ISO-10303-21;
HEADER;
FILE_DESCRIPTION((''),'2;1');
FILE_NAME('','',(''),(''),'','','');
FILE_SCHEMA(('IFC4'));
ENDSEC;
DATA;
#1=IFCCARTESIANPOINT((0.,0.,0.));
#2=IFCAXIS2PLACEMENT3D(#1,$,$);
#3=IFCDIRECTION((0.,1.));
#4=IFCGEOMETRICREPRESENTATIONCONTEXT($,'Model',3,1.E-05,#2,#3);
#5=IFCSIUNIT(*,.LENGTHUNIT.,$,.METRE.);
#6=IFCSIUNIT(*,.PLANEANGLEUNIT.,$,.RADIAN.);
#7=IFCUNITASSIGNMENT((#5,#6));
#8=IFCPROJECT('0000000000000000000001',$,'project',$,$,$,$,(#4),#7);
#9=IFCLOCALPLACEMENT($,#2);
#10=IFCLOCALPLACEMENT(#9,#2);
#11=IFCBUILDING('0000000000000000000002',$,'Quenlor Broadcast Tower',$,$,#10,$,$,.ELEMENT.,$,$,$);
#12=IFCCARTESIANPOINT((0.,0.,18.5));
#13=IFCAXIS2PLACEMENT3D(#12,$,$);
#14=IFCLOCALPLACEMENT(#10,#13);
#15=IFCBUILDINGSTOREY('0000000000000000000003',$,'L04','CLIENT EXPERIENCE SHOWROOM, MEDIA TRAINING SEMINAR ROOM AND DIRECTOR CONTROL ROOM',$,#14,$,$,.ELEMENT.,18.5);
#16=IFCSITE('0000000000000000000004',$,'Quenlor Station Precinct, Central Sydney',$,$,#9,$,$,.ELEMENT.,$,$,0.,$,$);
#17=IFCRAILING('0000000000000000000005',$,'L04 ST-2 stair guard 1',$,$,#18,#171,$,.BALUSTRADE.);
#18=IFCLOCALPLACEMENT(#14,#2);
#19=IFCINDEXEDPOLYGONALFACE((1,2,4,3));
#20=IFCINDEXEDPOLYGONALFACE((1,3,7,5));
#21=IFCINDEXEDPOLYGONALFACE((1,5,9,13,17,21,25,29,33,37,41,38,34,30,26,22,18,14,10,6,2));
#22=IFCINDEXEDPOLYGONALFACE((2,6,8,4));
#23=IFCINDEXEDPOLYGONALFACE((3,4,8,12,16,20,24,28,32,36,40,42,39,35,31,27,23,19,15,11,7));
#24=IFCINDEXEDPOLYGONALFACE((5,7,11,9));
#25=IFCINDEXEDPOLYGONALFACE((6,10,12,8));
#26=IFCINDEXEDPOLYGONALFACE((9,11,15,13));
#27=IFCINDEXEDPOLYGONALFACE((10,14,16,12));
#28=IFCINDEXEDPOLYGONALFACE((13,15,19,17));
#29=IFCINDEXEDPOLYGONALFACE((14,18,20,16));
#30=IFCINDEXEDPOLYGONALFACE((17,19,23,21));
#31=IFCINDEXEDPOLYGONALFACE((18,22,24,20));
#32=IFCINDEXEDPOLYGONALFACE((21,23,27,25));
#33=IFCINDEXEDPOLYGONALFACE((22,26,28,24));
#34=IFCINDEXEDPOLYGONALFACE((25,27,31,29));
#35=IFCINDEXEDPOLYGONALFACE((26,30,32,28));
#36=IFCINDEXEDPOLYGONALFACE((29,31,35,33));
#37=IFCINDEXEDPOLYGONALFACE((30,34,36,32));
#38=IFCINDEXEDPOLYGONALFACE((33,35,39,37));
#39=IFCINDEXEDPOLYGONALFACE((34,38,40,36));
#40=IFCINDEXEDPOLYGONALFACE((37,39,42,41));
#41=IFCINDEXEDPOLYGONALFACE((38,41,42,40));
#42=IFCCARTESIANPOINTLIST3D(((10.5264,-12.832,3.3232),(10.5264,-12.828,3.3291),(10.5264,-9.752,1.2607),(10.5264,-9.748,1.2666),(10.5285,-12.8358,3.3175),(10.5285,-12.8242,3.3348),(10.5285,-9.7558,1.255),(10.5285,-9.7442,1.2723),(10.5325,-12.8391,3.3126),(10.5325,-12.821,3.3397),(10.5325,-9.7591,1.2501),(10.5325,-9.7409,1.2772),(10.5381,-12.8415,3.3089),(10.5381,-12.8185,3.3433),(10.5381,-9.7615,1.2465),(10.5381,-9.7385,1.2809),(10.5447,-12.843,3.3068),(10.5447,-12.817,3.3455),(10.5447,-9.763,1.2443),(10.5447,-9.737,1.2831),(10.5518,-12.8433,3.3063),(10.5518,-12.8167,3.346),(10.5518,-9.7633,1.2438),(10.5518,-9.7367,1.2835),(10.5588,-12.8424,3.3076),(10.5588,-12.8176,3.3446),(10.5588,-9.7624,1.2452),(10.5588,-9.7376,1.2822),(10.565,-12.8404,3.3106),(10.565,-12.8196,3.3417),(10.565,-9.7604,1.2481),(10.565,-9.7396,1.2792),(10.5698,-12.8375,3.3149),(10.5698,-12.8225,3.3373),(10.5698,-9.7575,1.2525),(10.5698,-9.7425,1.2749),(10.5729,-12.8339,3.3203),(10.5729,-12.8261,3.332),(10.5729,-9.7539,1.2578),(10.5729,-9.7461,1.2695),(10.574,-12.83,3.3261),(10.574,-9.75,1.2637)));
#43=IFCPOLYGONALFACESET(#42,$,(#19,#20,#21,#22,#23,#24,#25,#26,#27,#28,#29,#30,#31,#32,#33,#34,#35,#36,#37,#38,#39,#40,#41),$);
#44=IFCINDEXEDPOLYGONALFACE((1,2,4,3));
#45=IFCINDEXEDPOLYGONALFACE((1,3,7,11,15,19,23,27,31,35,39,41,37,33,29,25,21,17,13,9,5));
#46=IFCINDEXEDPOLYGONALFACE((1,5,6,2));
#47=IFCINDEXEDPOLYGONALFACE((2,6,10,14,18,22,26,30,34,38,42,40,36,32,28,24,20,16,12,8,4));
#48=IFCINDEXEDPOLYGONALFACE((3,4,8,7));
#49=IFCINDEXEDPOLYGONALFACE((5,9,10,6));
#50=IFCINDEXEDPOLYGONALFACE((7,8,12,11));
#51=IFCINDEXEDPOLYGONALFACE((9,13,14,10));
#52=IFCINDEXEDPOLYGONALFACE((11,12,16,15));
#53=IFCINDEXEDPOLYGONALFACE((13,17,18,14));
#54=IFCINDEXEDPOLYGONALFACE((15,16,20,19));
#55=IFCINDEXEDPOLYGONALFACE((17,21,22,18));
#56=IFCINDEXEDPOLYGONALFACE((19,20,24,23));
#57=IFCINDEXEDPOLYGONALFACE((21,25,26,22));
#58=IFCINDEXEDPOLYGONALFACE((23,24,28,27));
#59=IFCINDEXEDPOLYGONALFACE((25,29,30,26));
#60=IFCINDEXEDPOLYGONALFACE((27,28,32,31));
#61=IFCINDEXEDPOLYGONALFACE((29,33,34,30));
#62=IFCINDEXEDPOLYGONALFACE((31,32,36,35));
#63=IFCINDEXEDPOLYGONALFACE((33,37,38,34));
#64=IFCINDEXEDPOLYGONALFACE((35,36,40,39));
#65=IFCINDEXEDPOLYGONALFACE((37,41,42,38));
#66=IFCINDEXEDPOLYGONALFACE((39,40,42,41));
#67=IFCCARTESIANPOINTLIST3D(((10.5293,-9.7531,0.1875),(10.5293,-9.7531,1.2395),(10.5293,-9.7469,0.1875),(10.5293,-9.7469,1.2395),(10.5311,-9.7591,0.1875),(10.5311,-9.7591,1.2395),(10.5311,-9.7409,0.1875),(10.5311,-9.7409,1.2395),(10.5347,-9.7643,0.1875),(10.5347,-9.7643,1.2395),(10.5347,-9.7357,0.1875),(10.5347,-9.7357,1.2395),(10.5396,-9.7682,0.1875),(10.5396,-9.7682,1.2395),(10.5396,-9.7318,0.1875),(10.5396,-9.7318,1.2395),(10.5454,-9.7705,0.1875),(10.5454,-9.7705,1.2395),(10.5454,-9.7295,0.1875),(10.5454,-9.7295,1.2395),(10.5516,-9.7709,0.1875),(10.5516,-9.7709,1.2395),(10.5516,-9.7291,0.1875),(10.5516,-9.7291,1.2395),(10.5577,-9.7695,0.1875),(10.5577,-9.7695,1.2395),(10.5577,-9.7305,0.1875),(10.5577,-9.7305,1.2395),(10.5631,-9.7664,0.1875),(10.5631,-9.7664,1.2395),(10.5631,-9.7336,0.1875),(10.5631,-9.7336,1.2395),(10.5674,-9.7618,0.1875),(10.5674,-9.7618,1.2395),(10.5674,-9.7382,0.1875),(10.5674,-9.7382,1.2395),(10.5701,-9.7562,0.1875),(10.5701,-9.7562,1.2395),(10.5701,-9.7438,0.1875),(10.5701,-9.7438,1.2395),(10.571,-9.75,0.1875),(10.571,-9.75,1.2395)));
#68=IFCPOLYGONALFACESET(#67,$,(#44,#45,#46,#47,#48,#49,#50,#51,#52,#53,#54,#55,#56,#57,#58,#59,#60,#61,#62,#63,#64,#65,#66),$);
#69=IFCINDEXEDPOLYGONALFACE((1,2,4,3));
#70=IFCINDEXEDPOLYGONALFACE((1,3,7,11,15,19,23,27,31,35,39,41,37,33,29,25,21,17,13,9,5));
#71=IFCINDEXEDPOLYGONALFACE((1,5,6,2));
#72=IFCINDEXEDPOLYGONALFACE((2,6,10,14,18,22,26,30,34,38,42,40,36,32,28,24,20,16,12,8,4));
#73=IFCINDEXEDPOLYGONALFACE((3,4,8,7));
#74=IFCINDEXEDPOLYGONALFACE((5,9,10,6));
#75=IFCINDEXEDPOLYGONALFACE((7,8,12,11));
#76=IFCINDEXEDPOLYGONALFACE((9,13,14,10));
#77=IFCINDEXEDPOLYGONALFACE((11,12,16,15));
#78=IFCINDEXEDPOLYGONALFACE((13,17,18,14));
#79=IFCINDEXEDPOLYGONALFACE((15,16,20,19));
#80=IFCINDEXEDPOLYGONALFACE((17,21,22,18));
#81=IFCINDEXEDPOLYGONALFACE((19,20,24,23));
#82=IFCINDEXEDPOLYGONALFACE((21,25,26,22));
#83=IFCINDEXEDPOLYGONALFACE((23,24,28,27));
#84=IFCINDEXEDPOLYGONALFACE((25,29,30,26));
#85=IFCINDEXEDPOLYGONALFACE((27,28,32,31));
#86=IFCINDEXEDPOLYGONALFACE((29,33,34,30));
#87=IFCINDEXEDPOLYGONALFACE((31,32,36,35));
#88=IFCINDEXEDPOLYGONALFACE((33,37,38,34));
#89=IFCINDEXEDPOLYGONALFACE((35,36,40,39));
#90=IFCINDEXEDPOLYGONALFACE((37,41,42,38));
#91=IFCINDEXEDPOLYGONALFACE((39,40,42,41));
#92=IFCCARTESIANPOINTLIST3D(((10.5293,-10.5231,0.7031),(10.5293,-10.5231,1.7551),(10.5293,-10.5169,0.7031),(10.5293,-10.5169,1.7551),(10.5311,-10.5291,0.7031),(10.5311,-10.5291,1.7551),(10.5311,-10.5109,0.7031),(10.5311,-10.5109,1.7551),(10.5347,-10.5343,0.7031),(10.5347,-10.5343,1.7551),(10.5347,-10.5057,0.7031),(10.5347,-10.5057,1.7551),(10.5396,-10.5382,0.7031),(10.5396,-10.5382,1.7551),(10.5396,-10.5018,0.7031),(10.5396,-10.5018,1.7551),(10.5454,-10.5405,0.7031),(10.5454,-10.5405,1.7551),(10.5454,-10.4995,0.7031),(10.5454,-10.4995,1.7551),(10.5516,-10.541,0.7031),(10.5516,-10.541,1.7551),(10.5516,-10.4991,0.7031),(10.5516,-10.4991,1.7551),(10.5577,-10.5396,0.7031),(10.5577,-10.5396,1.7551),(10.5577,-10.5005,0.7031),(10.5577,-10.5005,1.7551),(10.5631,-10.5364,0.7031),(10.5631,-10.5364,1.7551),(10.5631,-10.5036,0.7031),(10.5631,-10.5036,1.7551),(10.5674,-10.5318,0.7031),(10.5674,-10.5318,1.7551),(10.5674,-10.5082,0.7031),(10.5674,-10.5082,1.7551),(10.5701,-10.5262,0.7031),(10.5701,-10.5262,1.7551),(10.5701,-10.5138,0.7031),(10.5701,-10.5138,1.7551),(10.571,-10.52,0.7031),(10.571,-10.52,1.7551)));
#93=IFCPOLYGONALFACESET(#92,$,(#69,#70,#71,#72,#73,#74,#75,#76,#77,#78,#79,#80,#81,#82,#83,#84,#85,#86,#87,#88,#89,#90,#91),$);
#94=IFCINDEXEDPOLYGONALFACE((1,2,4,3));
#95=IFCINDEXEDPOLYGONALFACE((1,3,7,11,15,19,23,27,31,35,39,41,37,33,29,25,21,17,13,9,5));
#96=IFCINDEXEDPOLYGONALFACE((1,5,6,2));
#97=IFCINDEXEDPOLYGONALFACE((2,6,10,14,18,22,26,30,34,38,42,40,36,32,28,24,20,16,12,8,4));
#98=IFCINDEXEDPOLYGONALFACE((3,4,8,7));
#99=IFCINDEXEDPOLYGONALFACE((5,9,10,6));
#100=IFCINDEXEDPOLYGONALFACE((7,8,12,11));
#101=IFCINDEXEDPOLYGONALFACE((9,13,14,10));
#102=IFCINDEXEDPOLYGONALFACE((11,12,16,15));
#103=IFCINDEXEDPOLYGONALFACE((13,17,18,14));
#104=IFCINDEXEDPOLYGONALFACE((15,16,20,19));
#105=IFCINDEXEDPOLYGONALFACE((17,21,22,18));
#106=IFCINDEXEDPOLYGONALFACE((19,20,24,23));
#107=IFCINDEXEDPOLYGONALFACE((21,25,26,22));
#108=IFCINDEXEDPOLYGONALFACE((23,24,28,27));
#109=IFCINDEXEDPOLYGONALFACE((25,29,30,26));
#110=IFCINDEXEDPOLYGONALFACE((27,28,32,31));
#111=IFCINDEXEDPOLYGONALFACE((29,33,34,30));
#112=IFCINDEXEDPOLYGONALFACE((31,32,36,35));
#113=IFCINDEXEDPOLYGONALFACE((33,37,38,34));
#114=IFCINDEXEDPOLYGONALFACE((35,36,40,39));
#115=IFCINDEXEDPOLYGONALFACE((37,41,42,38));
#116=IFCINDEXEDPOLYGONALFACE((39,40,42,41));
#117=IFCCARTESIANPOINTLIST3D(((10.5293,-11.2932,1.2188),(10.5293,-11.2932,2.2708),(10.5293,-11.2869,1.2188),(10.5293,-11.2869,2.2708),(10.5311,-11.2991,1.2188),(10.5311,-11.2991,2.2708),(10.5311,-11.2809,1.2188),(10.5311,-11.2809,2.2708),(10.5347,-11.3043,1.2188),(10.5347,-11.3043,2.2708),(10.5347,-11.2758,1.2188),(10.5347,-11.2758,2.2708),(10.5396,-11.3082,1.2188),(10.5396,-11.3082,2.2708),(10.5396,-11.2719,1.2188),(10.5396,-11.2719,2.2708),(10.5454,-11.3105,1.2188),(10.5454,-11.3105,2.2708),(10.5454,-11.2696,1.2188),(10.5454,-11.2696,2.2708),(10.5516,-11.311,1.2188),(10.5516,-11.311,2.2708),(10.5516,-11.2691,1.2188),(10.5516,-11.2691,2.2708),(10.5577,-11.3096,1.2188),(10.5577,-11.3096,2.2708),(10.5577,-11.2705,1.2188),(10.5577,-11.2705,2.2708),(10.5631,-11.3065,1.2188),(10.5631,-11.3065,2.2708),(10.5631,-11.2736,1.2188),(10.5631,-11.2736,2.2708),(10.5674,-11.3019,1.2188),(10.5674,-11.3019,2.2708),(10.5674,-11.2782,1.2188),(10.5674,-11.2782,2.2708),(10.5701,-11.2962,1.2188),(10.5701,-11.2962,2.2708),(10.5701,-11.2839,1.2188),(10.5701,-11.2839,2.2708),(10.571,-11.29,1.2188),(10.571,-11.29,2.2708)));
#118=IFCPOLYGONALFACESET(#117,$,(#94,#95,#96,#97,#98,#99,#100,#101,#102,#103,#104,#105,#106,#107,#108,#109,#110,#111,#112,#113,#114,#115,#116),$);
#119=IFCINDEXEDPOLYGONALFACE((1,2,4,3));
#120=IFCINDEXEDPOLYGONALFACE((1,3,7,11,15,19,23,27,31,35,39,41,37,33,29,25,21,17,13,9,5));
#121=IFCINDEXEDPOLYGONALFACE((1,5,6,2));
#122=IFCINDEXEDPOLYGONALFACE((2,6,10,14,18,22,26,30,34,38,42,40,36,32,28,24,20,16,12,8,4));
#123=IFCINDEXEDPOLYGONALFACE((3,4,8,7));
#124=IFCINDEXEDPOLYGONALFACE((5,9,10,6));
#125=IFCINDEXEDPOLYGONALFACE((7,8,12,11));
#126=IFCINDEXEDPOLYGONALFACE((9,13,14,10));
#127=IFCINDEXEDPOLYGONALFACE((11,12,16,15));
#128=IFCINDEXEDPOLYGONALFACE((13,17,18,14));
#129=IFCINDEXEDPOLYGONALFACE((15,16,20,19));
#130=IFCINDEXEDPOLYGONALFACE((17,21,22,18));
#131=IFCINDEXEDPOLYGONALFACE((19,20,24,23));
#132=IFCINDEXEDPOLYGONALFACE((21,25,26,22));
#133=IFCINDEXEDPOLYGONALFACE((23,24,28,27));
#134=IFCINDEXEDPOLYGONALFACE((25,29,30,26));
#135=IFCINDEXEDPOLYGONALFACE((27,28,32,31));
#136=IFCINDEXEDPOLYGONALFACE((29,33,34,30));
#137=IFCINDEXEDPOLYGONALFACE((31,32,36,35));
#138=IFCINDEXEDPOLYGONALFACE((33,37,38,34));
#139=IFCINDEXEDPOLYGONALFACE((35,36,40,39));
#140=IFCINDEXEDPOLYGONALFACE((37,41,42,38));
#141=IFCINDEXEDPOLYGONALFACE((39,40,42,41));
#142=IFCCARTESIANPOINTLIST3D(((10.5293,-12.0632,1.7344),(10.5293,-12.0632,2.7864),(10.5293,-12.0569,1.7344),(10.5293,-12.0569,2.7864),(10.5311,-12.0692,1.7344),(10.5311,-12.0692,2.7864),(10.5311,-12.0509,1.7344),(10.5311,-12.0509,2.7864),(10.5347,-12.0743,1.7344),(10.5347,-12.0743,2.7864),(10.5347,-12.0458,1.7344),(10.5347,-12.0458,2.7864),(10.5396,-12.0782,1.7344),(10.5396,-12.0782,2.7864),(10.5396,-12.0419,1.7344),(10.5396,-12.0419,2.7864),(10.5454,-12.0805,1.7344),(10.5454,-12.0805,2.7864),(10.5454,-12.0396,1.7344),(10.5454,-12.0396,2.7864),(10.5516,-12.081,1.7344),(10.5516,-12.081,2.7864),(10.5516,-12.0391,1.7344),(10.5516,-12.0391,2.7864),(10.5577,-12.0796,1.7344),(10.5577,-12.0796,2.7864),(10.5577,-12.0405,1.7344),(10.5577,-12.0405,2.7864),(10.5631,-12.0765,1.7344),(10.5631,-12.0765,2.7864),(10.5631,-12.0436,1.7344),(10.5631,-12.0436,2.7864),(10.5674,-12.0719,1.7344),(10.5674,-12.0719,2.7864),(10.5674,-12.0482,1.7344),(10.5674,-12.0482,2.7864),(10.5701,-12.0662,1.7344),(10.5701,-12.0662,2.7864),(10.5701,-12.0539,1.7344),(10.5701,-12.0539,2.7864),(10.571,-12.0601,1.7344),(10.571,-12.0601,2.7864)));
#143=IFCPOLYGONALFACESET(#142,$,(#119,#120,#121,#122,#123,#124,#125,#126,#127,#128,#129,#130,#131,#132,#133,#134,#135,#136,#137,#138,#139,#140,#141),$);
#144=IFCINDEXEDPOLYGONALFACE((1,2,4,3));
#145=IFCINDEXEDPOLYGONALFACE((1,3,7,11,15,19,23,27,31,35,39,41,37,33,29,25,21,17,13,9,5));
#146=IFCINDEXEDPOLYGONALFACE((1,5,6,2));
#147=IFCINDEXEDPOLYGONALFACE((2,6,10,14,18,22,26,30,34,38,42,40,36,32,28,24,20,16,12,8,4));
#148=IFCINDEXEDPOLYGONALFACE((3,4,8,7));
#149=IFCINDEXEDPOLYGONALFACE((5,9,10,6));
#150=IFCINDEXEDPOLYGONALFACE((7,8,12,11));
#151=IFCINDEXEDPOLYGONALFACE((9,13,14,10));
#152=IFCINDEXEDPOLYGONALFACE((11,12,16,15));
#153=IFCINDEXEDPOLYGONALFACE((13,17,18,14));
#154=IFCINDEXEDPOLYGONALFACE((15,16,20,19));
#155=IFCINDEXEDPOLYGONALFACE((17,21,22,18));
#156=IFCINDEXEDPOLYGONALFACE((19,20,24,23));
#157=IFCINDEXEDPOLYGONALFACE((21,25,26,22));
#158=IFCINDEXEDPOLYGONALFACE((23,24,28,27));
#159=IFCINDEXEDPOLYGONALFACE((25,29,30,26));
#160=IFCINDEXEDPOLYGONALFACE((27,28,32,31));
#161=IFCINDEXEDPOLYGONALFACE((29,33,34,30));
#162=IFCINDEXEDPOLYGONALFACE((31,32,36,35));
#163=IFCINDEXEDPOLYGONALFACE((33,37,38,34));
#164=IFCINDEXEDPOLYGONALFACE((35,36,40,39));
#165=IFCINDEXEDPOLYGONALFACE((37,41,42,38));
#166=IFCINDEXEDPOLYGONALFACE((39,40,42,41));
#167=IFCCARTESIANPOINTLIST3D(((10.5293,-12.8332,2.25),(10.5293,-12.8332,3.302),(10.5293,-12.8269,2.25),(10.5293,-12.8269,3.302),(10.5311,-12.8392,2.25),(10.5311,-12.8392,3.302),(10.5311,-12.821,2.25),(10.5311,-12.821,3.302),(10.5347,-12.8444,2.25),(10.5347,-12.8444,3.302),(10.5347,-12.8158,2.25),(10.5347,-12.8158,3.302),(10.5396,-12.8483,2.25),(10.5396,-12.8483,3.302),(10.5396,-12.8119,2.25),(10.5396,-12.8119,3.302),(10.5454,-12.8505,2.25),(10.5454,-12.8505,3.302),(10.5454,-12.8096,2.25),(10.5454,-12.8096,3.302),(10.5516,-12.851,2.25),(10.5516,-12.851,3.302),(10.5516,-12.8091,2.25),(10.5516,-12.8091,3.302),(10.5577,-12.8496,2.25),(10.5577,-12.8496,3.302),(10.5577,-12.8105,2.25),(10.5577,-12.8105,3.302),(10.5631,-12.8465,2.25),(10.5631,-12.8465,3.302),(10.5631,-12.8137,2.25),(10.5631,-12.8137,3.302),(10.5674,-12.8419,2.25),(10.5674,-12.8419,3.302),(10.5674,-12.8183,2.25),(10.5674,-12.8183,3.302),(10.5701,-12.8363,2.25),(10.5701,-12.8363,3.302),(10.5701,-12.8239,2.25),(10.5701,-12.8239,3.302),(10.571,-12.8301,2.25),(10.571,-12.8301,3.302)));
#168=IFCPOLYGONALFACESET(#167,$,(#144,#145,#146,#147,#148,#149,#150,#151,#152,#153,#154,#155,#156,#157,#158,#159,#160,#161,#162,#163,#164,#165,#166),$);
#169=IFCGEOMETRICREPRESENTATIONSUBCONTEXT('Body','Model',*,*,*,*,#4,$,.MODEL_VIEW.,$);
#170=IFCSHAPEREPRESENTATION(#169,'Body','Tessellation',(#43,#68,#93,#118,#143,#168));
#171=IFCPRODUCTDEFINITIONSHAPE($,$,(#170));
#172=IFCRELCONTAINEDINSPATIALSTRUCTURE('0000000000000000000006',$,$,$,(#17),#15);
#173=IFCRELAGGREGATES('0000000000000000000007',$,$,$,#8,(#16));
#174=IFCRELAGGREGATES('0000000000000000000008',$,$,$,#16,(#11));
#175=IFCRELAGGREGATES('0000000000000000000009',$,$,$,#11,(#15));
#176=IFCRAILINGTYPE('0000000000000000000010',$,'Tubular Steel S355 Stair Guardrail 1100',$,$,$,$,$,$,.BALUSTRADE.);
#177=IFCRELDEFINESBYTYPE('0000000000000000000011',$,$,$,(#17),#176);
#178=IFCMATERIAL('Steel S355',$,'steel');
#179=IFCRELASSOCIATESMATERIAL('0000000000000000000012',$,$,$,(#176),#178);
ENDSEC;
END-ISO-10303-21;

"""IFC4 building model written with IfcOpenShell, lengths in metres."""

from ifc_helpers import new_model, si_unit, direction, frame, origin, origin_2d, place, context, subcontext, project, spatial, circle, extrude, material, type_object, element, save


model = new_model("IFC4")

# Units and contexts
model_context = context("Model", 3, precision=1e-05, world=origin(), true_north=direction((0.0, 1.0)))
body_context = subcontext(model_context, "Body", "Model", "MODEL_VIEW")
ifc_project = project(units=[si_unit("LENGTHUNIT", "METRE"), si_unit("PLANEANGLEUNIT", "RADIAN")], contexts=[model_context])

# Site, building, storey
site_placement = place(None, origin())
site = spatial("IfcSite", under=ifc_project, at=site_placement, Name="Quenlor Station Precinct, Central Sydney", CompositionType="ELEMENT", RefElevation=0.0)
building_placement = place(site_placement, origin())
building = spatial("IfcBuilding", under=site, at=building_placement, Name="Quenlor Broadcast Tower", CompositionType="ELEMENT")
storey_placement = place(building_placement, frame((0.0, 0.0, 18.5)))
storey = spatial("IfcBuildingStorey", under=building, at=storey_placement, Name="L04", Description="CLIENT EXPERIENCE SHOWROOM, MEDIA TRAINING SEMINAR ROOM AND DIRECTOR CONTROL ROOM", CompositionType="ELEMENT", Elevation=18.5)

# Railing
ifc_material_1 = material(Name="Steel S355", Category="steel")
railing_type_1 = type_object("IfcRailingType", Name="Tubular Steel S355 Stair Guardrail 1100", PredefinedType="BALUSTRADE", material=ifc_material_1)
railing_1_placement = place(storey_placement, frame((10.55, -9.75, 0.1875)))
element("IfcRailing", 1, at=railing_1_placement, inside=storey, type_object=railing_type_1, Name="L04 ST-2 stair guard 1", PredefinedType="BALUSTRADE", context=body_context, shape_type="SweptSolid", body=[
    extrude(circle(Radius=0.0239, at=origin_2d()), frame((0.0, 0.0, 1.0762), z_axis=(0.0, -0.830914, 0.556401), x_axis=(1.0, 0.0, 0.0)), (0.0, 0.0, 1.0), 3.7068),
    extrude(circle(Radius=0.021, at=origin_2d()), origin(), (0.0, 0.0, 1.0), 1.052),
    extrude(circle(Radius=0.021, at=origin_2d()), frame((0.0, -0.77, 0.5156)), (0.0, 0.0, 1.0), 1.052),
    extrude(circle(Radius=0.021, at=origin_2d()), frame((0.0, -1.54, 1.0312)), (0.0, 0.0, 1.0), 1.052),
    extrude(circle(Radius=0.021, at=origin_2d()), frame((0.0, -2.3101, 1.5469)), (0.0, 0.0, 1.0), 1.052),
    extrude(circle(Radius=0.021, at=origin_2d()), frame((0.0, -3.0801, 2.0625)), (0.0, 0.0, 1.0), 1.052),
])

save(model, "model.ifc")
